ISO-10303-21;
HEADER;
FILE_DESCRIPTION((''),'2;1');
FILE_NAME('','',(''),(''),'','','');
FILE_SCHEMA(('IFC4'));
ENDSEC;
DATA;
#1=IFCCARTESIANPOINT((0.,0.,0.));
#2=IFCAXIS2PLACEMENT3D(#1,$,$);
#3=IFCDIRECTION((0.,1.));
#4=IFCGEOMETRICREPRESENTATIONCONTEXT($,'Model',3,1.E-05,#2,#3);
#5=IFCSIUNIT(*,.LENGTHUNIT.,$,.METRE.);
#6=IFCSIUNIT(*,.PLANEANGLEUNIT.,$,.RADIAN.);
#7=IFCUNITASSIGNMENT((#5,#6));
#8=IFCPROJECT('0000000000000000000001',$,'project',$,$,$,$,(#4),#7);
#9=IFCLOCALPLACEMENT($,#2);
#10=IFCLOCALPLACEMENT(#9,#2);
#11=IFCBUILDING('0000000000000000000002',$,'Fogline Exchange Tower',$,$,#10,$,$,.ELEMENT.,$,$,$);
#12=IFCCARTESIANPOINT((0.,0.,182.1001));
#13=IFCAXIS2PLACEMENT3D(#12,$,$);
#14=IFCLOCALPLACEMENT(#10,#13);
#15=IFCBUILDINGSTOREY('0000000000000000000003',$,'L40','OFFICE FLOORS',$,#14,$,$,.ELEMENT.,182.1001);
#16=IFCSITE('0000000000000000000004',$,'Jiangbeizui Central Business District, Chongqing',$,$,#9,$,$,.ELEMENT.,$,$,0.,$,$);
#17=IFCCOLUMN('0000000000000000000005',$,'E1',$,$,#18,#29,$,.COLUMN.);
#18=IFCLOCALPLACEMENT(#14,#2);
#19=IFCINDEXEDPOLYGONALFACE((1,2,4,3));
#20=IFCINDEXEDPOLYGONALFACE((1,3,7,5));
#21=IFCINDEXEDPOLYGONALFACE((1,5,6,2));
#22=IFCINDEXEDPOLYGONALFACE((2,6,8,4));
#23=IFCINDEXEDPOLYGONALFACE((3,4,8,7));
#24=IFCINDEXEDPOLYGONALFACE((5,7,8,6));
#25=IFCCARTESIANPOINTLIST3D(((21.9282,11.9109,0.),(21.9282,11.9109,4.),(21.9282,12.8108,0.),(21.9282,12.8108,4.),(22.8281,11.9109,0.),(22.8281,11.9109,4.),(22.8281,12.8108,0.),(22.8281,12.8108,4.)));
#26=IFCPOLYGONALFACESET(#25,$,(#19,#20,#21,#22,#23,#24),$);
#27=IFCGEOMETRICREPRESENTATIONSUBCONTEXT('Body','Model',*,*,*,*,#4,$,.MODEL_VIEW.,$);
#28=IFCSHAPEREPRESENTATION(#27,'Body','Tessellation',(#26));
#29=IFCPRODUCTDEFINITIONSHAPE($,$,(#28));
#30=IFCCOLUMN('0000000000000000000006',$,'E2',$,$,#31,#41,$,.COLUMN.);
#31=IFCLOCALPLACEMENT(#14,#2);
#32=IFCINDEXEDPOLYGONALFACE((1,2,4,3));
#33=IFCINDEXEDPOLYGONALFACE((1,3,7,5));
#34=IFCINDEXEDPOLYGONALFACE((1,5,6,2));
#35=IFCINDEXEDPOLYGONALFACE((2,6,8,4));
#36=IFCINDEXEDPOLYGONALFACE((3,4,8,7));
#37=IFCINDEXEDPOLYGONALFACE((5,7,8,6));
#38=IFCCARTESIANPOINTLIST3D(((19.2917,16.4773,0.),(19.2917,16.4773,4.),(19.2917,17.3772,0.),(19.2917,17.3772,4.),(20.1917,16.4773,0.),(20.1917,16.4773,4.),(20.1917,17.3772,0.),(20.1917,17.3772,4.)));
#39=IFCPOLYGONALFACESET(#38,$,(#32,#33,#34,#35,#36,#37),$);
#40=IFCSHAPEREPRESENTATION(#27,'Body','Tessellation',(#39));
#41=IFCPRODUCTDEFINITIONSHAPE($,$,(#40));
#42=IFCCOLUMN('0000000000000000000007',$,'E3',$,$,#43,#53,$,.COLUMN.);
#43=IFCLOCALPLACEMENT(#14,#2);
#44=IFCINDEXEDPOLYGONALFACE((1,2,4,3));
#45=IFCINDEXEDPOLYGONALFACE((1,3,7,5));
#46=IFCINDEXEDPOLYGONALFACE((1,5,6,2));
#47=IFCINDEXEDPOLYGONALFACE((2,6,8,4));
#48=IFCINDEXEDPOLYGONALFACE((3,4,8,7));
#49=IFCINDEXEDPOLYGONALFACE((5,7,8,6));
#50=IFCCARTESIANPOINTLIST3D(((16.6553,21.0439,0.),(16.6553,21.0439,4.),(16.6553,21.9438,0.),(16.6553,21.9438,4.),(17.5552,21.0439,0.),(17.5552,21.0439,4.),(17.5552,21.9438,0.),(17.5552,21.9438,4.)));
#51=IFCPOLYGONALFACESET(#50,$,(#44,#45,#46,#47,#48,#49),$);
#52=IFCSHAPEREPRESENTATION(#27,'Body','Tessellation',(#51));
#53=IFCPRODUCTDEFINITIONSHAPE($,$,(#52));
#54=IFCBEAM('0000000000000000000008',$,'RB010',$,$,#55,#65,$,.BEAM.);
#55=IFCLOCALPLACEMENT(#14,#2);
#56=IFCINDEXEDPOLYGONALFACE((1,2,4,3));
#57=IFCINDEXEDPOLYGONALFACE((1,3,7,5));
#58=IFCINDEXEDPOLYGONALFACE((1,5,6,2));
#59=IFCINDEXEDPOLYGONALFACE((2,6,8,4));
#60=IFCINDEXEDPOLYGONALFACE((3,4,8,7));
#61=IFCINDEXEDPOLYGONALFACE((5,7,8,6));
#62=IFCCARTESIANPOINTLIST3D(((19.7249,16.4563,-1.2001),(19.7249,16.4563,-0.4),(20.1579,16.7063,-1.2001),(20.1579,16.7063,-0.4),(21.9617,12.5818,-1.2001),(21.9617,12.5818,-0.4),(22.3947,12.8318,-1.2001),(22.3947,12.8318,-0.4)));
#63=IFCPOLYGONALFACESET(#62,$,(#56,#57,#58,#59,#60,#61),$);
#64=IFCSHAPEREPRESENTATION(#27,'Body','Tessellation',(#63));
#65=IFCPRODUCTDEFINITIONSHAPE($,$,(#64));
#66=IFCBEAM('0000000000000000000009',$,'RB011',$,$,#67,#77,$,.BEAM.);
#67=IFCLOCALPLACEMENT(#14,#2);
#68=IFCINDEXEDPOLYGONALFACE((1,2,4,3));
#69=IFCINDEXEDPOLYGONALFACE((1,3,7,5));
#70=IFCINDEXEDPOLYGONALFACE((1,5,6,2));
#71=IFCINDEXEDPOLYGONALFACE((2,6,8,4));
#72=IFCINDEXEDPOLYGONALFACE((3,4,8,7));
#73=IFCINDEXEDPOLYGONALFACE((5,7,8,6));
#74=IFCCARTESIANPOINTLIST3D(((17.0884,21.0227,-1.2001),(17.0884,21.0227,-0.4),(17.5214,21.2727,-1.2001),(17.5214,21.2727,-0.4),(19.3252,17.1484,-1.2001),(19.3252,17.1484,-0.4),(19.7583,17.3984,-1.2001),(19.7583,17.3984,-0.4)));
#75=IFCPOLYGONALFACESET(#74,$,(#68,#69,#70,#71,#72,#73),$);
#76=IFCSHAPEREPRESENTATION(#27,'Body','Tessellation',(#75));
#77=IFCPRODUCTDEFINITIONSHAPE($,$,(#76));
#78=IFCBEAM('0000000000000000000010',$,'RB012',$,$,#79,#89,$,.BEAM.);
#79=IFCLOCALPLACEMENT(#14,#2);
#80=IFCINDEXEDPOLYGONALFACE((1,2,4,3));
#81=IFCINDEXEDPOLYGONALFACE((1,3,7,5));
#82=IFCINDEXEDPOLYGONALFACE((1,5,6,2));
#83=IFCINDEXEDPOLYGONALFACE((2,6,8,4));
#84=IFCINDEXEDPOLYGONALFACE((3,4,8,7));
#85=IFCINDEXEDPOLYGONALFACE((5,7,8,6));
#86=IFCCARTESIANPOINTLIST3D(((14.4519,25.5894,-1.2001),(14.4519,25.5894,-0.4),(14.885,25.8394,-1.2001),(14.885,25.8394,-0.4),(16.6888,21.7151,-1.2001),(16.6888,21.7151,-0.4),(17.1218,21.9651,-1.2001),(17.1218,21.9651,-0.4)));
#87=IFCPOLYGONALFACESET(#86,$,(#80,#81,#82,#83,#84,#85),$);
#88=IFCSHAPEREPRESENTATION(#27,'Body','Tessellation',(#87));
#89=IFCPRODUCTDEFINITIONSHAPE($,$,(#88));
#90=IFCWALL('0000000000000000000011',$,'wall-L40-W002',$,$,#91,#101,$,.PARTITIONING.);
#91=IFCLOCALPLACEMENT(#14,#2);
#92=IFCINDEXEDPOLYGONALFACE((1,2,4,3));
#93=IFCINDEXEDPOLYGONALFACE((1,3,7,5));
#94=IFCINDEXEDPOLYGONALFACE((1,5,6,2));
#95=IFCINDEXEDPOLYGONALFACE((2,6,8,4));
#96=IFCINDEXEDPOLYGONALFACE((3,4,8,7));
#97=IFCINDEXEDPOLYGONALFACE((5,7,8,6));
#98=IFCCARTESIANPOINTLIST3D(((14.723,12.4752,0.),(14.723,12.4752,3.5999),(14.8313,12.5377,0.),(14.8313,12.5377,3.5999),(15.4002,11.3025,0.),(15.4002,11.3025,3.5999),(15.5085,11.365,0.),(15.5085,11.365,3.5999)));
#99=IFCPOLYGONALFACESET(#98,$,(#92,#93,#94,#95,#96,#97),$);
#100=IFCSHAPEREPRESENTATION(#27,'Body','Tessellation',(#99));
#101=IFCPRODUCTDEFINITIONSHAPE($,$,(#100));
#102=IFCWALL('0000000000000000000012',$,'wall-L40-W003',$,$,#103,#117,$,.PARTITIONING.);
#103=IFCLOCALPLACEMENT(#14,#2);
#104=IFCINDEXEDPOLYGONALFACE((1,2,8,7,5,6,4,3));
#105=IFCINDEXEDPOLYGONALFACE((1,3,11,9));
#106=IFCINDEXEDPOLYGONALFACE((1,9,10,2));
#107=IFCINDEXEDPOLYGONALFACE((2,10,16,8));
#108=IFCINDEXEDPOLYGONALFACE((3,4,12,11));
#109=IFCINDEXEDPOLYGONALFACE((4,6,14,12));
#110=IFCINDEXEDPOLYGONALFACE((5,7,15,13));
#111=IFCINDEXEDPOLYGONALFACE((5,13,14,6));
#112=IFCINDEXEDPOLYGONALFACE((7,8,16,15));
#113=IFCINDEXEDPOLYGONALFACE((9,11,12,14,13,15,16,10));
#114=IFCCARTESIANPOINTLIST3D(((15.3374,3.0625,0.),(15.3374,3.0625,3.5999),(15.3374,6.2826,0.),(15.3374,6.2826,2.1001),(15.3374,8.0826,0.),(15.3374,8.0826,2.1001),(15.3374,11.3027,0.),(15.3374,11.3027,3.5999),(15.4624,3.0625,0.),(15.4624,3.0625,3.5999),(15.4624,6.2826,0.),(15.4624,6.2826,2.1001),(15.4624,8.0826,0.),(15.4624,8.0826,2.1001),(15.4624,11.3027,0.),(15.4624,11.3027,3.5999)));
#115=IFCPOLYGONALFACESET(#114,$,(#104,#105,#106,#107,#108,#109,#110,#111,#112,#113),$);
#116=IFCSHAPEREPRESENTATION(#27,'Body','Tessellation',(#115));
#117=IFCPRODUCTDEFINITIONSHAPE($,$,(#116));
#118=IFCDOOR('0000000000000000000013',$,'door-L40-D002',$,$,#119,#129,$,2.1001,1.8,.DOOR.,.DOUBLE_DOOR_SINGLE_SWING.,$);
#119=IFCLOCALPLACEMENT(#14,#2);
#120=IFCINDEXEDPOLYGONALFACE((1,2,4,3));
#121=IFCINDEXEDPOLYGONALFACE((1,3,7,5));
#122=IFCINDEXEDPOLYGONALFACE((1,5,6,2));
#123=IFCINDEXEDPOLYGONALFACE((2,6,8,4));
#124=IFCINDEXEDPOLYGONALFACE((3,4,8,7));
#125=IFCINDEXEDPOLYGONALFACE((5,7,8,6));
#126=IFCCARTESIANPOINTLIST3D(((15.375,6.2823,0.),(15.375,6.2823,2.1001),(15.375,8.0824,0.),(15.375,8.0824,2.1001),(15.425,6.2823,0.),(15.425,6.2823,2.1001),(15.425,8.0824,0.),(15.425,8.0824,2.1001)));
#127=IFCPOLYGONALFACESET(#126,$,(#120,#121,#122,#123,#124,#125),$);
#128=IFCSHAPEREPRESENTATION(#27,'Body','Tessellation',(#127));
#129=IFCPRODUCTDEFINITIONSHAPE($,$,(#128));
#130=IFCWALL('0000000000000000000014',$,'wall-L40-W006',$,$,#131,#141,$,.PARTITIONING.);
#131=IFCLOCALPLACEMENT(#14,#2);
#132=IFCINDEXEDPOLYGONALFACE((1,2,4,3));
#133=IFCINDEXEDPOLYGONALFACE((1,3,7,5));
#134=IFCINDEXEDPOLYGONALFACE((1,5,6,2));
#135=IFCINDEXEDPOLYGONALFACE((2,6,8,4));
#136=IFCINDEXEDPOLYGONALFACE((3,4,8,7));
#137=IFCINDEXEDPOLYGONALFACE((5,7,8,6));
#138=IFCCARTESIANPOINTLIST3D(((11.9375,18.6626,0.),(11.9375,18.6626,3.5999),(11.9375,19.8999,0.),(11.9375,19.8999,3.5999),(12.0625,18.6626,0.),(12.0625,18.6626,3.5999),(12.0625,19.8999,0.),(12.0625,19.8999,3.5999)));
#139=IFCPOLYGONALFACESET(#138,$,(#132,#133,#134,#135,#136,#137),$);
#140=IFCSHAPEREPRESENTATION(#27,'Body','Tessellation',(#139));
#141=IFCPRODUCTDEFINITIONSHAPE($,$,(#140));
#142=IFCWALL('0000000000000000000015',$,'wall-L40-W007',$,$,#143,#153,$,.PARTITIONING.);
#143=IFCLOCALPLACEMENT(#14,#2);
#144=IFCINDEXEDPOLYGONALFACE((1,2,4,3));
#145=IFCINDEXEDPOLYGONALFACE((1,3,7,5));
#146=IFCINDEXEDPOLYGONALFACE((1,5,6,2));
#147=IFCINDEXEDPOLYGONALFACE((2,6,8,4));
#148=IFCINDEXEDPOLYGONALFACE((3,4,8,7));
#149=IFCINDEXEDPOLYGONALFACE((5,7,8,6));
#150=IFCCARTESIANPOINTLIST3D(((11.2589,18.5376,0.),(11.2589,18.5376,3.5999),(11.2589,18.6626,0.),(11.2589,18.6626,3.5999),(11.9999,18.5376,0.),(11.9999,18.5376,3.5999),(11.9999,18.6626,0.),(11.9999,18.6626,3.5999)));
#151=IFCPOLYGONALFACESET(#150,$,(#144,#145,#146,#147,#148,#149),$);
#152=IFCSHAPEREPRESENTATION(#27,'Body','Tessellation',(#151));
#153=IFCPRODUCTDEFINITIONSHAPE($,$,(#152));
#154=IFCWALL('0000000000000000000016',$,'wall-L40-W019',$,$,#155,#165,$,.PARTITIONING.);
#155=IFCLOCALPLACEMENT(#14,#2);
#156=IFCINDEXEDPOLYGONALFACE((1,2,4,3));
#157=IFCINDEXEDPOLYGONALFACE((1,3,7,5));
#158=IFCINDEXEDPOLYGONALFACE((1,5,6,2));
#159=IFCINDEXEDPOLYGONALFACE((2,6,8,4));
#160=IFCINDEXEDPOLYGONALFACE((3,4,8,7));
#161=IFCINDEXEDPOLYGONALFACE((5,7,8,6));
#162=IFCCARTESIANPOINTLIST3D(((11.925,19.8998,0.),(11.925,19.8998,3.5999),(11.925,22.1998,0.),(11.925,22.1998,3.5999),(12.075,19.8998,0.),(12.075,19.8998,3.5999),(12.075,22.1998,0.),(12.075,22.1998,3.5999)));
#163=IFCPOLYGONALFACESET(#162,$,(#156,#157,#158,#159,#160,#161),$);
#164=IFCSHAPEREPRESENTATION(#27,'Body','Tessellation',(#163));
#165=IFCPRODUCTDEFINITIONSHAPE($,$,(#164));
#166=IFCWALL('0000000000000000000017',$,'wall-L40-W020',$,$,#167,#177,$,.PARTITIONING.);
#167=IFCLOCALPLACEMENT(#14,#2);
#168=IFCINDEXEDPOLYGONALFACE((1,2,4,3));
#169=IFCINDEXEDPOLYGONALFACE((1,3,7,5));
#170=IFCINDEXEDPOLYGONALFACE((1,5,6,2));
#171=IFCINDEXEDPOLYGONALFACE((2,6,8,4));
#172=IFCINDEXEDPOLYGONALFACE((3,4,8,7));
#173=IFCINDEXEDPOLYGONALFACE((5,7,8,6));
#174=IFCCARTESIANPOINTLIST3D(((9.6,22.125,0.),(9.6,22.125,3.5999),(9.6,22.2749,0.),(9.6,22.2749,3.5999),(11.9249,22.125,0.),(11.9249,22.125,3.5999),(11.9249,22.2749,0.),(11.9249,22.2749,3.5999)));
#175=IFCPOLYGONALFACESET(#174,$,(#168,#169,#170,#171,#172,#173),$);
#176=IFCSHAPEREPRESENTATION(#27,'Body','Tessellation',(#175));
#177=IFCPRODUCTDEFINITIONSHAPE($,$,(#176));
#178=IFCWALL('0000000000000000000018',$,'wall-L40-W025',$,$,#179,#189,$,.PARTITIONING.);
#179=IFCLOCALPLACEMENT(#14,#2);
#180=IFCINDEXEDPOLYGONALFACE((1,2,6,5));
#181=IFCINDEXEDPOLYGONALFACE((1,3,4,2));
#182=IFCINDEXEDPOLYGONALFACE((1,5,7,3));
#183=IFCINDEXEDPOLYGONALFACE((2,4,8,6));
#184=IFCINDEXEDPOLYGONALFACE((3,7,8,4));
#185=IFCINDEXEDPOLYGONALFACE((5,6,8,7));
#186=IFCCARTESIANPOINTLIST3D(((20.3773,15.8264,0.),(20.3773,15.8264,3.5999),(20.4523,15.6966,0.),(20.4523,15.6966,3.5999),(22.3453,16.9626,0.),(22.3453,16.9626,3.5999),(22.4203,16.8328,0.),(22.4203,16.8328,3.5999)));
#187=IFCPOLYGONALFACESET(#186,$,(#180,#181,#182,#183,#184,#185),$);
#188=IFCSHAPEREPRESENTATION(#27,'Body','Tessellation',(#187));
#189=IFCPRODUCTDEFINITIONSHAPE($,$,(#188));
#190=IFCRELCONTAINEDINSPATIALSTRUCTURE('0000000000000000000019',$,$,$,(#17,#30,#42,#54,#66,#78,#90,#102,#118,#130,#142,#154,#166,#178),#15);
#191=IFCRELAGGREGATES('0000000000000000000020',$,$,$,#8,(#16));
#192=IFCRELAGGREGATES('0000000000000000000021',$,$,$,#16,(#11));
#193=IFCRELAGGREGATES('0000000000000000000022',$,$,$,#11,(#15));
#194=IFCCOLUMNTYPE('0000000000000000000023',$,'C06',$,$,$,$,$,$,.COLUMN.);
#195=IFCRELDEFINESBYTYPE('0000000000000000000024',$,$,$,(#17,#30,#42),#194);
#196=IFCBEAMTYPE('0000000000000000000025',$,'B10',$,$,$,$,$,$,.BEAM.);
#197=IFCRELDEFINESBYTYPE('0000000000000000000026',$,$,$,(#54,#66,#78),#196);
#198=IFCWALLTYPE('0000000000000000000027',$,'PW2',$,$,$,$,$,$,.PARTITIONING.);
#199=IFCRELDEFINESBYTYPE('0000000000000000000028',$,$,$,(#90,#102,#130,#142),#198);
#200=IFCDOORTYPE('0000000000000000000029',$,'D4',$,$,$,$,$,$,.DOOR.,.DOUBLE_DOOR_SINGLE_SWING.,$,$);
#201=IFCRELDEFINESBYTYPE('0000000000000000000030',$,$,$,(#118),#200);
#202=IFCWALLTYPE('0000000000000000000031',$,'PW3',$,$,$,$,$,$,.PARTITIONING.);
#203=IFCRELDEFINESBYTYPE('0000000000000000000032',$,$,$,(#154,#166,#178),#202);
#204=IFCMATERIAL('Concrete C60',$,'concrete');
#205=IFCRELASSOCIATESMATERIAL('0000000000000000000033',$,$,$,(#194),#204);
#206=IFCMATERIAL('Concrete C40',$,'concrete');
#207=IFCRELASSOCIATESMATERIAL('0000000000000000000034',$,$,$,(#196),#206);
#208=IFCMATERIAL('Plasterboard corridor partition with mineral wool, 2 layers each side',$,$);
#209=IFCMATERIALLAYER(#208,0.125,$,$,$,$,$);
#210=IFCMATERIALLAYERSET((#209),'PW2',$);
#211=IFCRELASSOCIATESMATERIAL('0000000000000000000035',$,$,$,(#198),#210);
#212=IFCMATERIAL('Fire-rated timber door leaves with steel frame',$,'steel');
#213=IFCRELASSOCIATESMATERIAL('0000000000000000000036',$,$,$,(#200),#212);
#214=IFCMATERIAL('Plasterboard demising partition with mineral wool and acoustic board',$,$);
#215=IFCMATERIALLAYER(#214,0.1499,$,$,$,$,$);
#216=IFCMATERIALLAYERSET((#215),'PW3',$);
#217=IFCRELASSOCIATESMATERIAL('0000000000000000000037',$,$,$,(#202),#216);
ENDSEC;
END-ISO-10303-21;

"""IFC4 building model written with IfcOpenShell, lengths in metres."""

from ifc_helpers import new_model, si_unit, direction, frame, frame_2d, origin, origin_2d, place, context, subcontext, project, spatial, rectangle, extrude, material, layer, layer_set, material_profile, profile_set, type_object, element, fill, save


model = new_model("IFC4")

# Units and contexts
model_context = context("Model", 3, precision=1e-05, world=origin(), true_north=direction((0.0, 1.0)))
body_context = subcontext(model_context, "Body", "Model", "MODEL_VIEW")
ifc_project = project(units=[si_unit("LENGTHUNIT", "METRE"), si_unit("PLANEANGLEUNIT", "RADIAN")], contexts=[model_context])

# Site, building, storey
site_placement = place(None, origin())
site = spatial("IfcSite", under=ifc_project, at=site_placement, Name="Jiangbeizui Central Business District, Chongqing", CompositionType="ELEMENT", RefElevation=0.0)
building_placement = place(site_placement, origin())
building = spatial("IfcBuilding", under=site, at=building_placement, Name="Fogline Exchange Tower", CompositionType="ELEMENT")
storey_placement = place(building_placement, frame((0.0, 0.0, 182.1001)))
storey = spatial("IfcBuildingStorey", under=building, at=storey_placement, Name="L40", Description="OFFICE FLOORS", CompositionType="ELEMENT", Elevation=182.1001)

# Columns
ifc_material_1 = material(Name="Concrete C60", Category="concrete")
ifc_material_profile_1 = material_profile(ifc_material_1, rectangle(XDim=0.8999, YDim=0.8999, at=origin_2d()), Name="RC 900x900")
ifc_profile_set_1 = profile_set([ifc_material_profile_1], Name="Concrete C60")
column_type = type_object("IfcColumnType", Name="C06", PredefinedType="COLUMN", material=ifc_profile_set_1)
for number, where, z_axis, x_axis, name in (
    (1, (22.3782, 12.3608, 0.0), (0.0, 0.0, 1.0), (1.0, 0.0, 0.0), "E1"),
    (2, (19.7417, 16.9272, 0.0), (0.0, 0.0, 1.0), (1.0, 0.0, 0.0), "E2"),
    (3, (17.1052, 21.4939, 0.0), (0.0, 0.0, 1.0), (1.0, 0.0, 0.0), "E3"),
):
    element("IfcColumn", number, at=place(storey_placement, frame(where, z_axis=z_axis, x_axis=x_axis)), inside=storey, type_object=column_type, Name=name, PredefinedType="COLUMN", context=body_context, shape_type="SweptSolid", body=[
        extrude(rectangle(XDim=0.8999, YDim=0.8999, at=origin_2d()), origin(), (0.0, 0.0, 1.0), 4.0),
    ])

# Beams
ifc_material_2 = material(Name="Concrete C40", Category="concrete")
ifc_material_profile_2 = material_profile(ifc_material_2, rectangle(XDim=0.5, YDim=0.8, at=origin_2d()), Name="RC 500x800")
ifc_profile_set_2 = profile_set([ifc_material_profile_2], Name="Concrete C40")
beam_type = type_object("IfcBeamType", Name="B10", PredefinedType="BEAM", material=ifc_profile_set_2)
beam_placement = place(storey_placement, frame((22.1782, 12.7068, -0.8), z_axis=(-0.499978, 0.866038, 0.0), x_axis=(-0.866038, -0.499978, 0.0)))
element("IfcBeam", 4, at=beam_placement, inside=storey, type_object=beam_type, Name="RB010", PredefinedType="BEAM", context=body_context, shape_type="SweptSolid", body=[
    extrude(rectangle(XDim=0.5, YDim=0.8, at=origin_2d()), origin(), (0.0, 0.0, 1.0), 4.4739),
])
for number, where, z_axis, x_axis, name in (
    (5, (19.5417, 17.2734, -0.8), (-0.500001, 0.866025, 0.0), (-0.866025, -0.500001, 0.0), "RB011"),
    (6, (16.9053, 21.8401, -0.8), (-0.500001, 0.866025, 0.0), (-0.866025, -0.500001, 0.0), "RB012"),
):
    element("IfcBeam", number, at=place(storey_placement, frame(where, z_axis=z_axis, x_axis=x_axis)), inside=storey, type_object=beam_type, Name=name, PredefinedType="BEAM", context=body_context, shape_type="SweptSolid", body=[
        extrude(rectangle(XDim=0.5, YDim=0.8, at=origin_2d()), origin(), (0.0, 0.0, 1.0), 4.4736),
    ])

# Wall
ifc_material_3 = material(Name="Plasterboard corridor partition with mineral wool, 2 layers each side")
ifc_layer_1 = layer(ifc_material_3, 0.125)
ifc_layer_set_1 = layer_set([ifc_layer_1], Name="PW2")
wall_type_1 = type_object("IfcWallType", Name="PW2", PredefinedType="PARTITIONING", material=ifc_layer_set_1)
wall_1_placement = place(storey_placement, frame((14.7771, 12.5066, 0.0), z_axis=(0.0, 0.0, 1.0), x_axis=(0.500055, -0.865993, 0.0)))
element("IfcWall", 7, at=wall_1_placement, inside=storey, type_object=wall_type_1, Name="wall-L40-W002", PredefinedType="PARTITIONING", context=body_context, shape_type="SweptSolid", body=[
    extrude(rectangle(XDim=1.3542, YDim=0.125, at=frame_2d((0.6772, 0.0))), origin(), (0.0, 0.0, 1.0), 3.5999),
])

# Wall, opening, door
wall_2_placement = place(storey_placement, frame((15.3999, 11.3027, 0.0), z_axis=(0.0, 0.0, 1.0), x_axis=(0.0, -1.0, 0.0)))
wall_2 = element("IfcWall", 8, at=wall_2_placement, inside=storey, type_object=wall_type_1, Name="wall-L40-W003", PredefinedType="PARTITIONING", context=body_context, shape_type="SweptSolid", body=[
    extrude(rectangle(XDim=8.2402, YDim=0.125, at=frame_2d((4.1201, 0.0))), origin(), (0.0, 0.0, 1.0), 3.5999),
])
opening_placement = place(wall_2_placement, frame((3.2202, 0.0, 0.0)))
opening = element("IfcOpeningElement", 9, at=opening_placement, cuts=wall_2, PredefinedType="OPENING", context=body_context, shape_type="SweptSolid", body=[
    extrude(rectangle(XDim=1.8, YDim=2.1001, at=frame_2d((0.8999, 1.05))), frame((0.0, 0.0725, 0.0), z_axis=(0.0, -1.0, 0.0), x_axis=(1.0, 0.0, 0.0)), (0.0, 0.0, 1.0), 0.145),
])
ifc_material_4 = material(Name="Fire-rated timber door leaves with steel frame", Category="steel")
door_type = type_object("IfcDoorType", Name="D4", OperationType="DOUBLE_DOOR_SINGLE_SWING", PredefinedType="DOOR", material=ifc_material_4)
door_placement = place(opening_placement, frame((1.8, 0.0, 0.0), z_axis=(0.0, 0.0, 1.0), x_axis=(-1.0, 0.0, 0.0)))
door = element("IfcDoor", 10, at=door_placement, inside=storey, type_object=door_type, Name="door-L40-D002", OperationType="DOUBLE_DOOR_SINGLE_SWING", OverallHeight=2.1001, OverallWidth=1.8, PredefinedType="DOOR", context=body_context, shape_type="SweptSolid", body=[
    extrude(rectangle(XDim=1.8, YDim=2.1001, at=frame_2d((0.8999, 1.05))), frame((0.0, 0.0249, 0.0), z_axis=(0.0, -1.0, 0.0), x_axis=(1.0, 0.0, 0.0)), (0.0, 0.0, 1.0), 0.05),
])
fill(opening, door)

# Walls
wall_3_placement = place(storey_placement, frame((12.0, 19.8999, 0.0), z_axis=(0.0, 0.0, 1.0), x_axis=(0.0, -1.0, 0.0)))
element("IfcWall", 11, at=wall_3_placement, inside=storey, type_object=wall_type_1, Name="wall-L40-W006", PredefinedType="PARTITIONING", context=body_context, shape_type="SweptSolid", body=[
    extrude(rectangle(XDim=1.2373, YDim=0.125, at=frame_2d((0.6187, 0.0))), origin(), (0.0, 0.0, 1.0), 3.5999),
])
wall_4_placement = place(storey_placement, frame((12.0, 18.6001, 0.0), z_axis=(0.0, 0.0, 1.0), x_axis=(-1.0, 0.0, 0.0)))
element("IfcWall", 12, at=wall_4_placement, inside=storey, type_object=wall_type_1, Name="wall-L40-W007", PredefinedType="PARTITIONING", context=body_context, shape_type="SweptSolid", body=[
    extrude(rectangle(XDim=0.741, YDim=0.125, at=frame_2d((0.3706, 0.0))), origin(), (0.0, 0.0, 1.0), 3.5999),
])
ifc_material_5 = material(Name="Plasterboard demising partition with mineral wool and acoustic board")
ifc_layer_2 = layer(ifc_material_5, 0.1499)
ifc_layer_set_2 = layer_set([ifc_layer_2], Name="PW3")
wall_type_2 = type_object("IfcWallType", Name="PW3", PredefinedType="PARTITIONING", material=ifc_layer_set_2)
wall_5_placement = place(storey_placement, frame((12.0, 19.8999, 0.0), z_axis=(0.0, 0.0, 1.0), x_axis=(0.0, 1.0, 0.0)))
element("IfcWall", 13, at=wall_5_placement, inside=storey, type_object=wall_type_2, Name="wall-L40-W019", PredefinedType="PARTITIONING", context=body_context, shape_type="SweptSolid", body=[
    extrude(rectangle(XDim=2.3, YDim=0.1499, at=frame_2d((1.1499, 0.0))), origin(), (0.0, 0.0, 1.0), 3.5999),
])
wall_6_placement = place(storey_placement, frame((11.925, 22.2, 0.0), z_axis=(0.0, 0.0, 1.0), x_axis=(-1.0, 0.0, 0.0)))
element("IfcWall", 14, at=wall_6_placement, inside=storey, type_object=wall_type_2, Name="wall-L40-W020", PredefinedType="PARTITIONING", context=body_context, shape_type="SweptSolid", body=[
    extrude(rectangle(XDim=2.325, YDim=0.1499, at=frame_2d((1.1626, 0.0))), origin(), (0.0, 0.0, 1.0), 3.5999),
])
wall_7_placement = place(storey_placement, frame((22.3828, 16.8977, 0.0), z_axis=(0.0, 0.0, 1.0), x_axis=(-0.866026, -0.499998, 0.0)))
element("IfcWall", 15, at=wall_7_placement, inside=storey, type_object=wall_type_2, Name="wall-L40-W025", PredefinedType="PARTITIONING", context=body_context, shape_type="SweptSolid", body=[
    extrude(rectangle(XDim=2.2725, YDim=0.1499, at=frame_2d((1.1362, 0.0))), origin(), (0.0, 0.0, 1.0), 3.5999),
])

save(model, "model.ifc")
